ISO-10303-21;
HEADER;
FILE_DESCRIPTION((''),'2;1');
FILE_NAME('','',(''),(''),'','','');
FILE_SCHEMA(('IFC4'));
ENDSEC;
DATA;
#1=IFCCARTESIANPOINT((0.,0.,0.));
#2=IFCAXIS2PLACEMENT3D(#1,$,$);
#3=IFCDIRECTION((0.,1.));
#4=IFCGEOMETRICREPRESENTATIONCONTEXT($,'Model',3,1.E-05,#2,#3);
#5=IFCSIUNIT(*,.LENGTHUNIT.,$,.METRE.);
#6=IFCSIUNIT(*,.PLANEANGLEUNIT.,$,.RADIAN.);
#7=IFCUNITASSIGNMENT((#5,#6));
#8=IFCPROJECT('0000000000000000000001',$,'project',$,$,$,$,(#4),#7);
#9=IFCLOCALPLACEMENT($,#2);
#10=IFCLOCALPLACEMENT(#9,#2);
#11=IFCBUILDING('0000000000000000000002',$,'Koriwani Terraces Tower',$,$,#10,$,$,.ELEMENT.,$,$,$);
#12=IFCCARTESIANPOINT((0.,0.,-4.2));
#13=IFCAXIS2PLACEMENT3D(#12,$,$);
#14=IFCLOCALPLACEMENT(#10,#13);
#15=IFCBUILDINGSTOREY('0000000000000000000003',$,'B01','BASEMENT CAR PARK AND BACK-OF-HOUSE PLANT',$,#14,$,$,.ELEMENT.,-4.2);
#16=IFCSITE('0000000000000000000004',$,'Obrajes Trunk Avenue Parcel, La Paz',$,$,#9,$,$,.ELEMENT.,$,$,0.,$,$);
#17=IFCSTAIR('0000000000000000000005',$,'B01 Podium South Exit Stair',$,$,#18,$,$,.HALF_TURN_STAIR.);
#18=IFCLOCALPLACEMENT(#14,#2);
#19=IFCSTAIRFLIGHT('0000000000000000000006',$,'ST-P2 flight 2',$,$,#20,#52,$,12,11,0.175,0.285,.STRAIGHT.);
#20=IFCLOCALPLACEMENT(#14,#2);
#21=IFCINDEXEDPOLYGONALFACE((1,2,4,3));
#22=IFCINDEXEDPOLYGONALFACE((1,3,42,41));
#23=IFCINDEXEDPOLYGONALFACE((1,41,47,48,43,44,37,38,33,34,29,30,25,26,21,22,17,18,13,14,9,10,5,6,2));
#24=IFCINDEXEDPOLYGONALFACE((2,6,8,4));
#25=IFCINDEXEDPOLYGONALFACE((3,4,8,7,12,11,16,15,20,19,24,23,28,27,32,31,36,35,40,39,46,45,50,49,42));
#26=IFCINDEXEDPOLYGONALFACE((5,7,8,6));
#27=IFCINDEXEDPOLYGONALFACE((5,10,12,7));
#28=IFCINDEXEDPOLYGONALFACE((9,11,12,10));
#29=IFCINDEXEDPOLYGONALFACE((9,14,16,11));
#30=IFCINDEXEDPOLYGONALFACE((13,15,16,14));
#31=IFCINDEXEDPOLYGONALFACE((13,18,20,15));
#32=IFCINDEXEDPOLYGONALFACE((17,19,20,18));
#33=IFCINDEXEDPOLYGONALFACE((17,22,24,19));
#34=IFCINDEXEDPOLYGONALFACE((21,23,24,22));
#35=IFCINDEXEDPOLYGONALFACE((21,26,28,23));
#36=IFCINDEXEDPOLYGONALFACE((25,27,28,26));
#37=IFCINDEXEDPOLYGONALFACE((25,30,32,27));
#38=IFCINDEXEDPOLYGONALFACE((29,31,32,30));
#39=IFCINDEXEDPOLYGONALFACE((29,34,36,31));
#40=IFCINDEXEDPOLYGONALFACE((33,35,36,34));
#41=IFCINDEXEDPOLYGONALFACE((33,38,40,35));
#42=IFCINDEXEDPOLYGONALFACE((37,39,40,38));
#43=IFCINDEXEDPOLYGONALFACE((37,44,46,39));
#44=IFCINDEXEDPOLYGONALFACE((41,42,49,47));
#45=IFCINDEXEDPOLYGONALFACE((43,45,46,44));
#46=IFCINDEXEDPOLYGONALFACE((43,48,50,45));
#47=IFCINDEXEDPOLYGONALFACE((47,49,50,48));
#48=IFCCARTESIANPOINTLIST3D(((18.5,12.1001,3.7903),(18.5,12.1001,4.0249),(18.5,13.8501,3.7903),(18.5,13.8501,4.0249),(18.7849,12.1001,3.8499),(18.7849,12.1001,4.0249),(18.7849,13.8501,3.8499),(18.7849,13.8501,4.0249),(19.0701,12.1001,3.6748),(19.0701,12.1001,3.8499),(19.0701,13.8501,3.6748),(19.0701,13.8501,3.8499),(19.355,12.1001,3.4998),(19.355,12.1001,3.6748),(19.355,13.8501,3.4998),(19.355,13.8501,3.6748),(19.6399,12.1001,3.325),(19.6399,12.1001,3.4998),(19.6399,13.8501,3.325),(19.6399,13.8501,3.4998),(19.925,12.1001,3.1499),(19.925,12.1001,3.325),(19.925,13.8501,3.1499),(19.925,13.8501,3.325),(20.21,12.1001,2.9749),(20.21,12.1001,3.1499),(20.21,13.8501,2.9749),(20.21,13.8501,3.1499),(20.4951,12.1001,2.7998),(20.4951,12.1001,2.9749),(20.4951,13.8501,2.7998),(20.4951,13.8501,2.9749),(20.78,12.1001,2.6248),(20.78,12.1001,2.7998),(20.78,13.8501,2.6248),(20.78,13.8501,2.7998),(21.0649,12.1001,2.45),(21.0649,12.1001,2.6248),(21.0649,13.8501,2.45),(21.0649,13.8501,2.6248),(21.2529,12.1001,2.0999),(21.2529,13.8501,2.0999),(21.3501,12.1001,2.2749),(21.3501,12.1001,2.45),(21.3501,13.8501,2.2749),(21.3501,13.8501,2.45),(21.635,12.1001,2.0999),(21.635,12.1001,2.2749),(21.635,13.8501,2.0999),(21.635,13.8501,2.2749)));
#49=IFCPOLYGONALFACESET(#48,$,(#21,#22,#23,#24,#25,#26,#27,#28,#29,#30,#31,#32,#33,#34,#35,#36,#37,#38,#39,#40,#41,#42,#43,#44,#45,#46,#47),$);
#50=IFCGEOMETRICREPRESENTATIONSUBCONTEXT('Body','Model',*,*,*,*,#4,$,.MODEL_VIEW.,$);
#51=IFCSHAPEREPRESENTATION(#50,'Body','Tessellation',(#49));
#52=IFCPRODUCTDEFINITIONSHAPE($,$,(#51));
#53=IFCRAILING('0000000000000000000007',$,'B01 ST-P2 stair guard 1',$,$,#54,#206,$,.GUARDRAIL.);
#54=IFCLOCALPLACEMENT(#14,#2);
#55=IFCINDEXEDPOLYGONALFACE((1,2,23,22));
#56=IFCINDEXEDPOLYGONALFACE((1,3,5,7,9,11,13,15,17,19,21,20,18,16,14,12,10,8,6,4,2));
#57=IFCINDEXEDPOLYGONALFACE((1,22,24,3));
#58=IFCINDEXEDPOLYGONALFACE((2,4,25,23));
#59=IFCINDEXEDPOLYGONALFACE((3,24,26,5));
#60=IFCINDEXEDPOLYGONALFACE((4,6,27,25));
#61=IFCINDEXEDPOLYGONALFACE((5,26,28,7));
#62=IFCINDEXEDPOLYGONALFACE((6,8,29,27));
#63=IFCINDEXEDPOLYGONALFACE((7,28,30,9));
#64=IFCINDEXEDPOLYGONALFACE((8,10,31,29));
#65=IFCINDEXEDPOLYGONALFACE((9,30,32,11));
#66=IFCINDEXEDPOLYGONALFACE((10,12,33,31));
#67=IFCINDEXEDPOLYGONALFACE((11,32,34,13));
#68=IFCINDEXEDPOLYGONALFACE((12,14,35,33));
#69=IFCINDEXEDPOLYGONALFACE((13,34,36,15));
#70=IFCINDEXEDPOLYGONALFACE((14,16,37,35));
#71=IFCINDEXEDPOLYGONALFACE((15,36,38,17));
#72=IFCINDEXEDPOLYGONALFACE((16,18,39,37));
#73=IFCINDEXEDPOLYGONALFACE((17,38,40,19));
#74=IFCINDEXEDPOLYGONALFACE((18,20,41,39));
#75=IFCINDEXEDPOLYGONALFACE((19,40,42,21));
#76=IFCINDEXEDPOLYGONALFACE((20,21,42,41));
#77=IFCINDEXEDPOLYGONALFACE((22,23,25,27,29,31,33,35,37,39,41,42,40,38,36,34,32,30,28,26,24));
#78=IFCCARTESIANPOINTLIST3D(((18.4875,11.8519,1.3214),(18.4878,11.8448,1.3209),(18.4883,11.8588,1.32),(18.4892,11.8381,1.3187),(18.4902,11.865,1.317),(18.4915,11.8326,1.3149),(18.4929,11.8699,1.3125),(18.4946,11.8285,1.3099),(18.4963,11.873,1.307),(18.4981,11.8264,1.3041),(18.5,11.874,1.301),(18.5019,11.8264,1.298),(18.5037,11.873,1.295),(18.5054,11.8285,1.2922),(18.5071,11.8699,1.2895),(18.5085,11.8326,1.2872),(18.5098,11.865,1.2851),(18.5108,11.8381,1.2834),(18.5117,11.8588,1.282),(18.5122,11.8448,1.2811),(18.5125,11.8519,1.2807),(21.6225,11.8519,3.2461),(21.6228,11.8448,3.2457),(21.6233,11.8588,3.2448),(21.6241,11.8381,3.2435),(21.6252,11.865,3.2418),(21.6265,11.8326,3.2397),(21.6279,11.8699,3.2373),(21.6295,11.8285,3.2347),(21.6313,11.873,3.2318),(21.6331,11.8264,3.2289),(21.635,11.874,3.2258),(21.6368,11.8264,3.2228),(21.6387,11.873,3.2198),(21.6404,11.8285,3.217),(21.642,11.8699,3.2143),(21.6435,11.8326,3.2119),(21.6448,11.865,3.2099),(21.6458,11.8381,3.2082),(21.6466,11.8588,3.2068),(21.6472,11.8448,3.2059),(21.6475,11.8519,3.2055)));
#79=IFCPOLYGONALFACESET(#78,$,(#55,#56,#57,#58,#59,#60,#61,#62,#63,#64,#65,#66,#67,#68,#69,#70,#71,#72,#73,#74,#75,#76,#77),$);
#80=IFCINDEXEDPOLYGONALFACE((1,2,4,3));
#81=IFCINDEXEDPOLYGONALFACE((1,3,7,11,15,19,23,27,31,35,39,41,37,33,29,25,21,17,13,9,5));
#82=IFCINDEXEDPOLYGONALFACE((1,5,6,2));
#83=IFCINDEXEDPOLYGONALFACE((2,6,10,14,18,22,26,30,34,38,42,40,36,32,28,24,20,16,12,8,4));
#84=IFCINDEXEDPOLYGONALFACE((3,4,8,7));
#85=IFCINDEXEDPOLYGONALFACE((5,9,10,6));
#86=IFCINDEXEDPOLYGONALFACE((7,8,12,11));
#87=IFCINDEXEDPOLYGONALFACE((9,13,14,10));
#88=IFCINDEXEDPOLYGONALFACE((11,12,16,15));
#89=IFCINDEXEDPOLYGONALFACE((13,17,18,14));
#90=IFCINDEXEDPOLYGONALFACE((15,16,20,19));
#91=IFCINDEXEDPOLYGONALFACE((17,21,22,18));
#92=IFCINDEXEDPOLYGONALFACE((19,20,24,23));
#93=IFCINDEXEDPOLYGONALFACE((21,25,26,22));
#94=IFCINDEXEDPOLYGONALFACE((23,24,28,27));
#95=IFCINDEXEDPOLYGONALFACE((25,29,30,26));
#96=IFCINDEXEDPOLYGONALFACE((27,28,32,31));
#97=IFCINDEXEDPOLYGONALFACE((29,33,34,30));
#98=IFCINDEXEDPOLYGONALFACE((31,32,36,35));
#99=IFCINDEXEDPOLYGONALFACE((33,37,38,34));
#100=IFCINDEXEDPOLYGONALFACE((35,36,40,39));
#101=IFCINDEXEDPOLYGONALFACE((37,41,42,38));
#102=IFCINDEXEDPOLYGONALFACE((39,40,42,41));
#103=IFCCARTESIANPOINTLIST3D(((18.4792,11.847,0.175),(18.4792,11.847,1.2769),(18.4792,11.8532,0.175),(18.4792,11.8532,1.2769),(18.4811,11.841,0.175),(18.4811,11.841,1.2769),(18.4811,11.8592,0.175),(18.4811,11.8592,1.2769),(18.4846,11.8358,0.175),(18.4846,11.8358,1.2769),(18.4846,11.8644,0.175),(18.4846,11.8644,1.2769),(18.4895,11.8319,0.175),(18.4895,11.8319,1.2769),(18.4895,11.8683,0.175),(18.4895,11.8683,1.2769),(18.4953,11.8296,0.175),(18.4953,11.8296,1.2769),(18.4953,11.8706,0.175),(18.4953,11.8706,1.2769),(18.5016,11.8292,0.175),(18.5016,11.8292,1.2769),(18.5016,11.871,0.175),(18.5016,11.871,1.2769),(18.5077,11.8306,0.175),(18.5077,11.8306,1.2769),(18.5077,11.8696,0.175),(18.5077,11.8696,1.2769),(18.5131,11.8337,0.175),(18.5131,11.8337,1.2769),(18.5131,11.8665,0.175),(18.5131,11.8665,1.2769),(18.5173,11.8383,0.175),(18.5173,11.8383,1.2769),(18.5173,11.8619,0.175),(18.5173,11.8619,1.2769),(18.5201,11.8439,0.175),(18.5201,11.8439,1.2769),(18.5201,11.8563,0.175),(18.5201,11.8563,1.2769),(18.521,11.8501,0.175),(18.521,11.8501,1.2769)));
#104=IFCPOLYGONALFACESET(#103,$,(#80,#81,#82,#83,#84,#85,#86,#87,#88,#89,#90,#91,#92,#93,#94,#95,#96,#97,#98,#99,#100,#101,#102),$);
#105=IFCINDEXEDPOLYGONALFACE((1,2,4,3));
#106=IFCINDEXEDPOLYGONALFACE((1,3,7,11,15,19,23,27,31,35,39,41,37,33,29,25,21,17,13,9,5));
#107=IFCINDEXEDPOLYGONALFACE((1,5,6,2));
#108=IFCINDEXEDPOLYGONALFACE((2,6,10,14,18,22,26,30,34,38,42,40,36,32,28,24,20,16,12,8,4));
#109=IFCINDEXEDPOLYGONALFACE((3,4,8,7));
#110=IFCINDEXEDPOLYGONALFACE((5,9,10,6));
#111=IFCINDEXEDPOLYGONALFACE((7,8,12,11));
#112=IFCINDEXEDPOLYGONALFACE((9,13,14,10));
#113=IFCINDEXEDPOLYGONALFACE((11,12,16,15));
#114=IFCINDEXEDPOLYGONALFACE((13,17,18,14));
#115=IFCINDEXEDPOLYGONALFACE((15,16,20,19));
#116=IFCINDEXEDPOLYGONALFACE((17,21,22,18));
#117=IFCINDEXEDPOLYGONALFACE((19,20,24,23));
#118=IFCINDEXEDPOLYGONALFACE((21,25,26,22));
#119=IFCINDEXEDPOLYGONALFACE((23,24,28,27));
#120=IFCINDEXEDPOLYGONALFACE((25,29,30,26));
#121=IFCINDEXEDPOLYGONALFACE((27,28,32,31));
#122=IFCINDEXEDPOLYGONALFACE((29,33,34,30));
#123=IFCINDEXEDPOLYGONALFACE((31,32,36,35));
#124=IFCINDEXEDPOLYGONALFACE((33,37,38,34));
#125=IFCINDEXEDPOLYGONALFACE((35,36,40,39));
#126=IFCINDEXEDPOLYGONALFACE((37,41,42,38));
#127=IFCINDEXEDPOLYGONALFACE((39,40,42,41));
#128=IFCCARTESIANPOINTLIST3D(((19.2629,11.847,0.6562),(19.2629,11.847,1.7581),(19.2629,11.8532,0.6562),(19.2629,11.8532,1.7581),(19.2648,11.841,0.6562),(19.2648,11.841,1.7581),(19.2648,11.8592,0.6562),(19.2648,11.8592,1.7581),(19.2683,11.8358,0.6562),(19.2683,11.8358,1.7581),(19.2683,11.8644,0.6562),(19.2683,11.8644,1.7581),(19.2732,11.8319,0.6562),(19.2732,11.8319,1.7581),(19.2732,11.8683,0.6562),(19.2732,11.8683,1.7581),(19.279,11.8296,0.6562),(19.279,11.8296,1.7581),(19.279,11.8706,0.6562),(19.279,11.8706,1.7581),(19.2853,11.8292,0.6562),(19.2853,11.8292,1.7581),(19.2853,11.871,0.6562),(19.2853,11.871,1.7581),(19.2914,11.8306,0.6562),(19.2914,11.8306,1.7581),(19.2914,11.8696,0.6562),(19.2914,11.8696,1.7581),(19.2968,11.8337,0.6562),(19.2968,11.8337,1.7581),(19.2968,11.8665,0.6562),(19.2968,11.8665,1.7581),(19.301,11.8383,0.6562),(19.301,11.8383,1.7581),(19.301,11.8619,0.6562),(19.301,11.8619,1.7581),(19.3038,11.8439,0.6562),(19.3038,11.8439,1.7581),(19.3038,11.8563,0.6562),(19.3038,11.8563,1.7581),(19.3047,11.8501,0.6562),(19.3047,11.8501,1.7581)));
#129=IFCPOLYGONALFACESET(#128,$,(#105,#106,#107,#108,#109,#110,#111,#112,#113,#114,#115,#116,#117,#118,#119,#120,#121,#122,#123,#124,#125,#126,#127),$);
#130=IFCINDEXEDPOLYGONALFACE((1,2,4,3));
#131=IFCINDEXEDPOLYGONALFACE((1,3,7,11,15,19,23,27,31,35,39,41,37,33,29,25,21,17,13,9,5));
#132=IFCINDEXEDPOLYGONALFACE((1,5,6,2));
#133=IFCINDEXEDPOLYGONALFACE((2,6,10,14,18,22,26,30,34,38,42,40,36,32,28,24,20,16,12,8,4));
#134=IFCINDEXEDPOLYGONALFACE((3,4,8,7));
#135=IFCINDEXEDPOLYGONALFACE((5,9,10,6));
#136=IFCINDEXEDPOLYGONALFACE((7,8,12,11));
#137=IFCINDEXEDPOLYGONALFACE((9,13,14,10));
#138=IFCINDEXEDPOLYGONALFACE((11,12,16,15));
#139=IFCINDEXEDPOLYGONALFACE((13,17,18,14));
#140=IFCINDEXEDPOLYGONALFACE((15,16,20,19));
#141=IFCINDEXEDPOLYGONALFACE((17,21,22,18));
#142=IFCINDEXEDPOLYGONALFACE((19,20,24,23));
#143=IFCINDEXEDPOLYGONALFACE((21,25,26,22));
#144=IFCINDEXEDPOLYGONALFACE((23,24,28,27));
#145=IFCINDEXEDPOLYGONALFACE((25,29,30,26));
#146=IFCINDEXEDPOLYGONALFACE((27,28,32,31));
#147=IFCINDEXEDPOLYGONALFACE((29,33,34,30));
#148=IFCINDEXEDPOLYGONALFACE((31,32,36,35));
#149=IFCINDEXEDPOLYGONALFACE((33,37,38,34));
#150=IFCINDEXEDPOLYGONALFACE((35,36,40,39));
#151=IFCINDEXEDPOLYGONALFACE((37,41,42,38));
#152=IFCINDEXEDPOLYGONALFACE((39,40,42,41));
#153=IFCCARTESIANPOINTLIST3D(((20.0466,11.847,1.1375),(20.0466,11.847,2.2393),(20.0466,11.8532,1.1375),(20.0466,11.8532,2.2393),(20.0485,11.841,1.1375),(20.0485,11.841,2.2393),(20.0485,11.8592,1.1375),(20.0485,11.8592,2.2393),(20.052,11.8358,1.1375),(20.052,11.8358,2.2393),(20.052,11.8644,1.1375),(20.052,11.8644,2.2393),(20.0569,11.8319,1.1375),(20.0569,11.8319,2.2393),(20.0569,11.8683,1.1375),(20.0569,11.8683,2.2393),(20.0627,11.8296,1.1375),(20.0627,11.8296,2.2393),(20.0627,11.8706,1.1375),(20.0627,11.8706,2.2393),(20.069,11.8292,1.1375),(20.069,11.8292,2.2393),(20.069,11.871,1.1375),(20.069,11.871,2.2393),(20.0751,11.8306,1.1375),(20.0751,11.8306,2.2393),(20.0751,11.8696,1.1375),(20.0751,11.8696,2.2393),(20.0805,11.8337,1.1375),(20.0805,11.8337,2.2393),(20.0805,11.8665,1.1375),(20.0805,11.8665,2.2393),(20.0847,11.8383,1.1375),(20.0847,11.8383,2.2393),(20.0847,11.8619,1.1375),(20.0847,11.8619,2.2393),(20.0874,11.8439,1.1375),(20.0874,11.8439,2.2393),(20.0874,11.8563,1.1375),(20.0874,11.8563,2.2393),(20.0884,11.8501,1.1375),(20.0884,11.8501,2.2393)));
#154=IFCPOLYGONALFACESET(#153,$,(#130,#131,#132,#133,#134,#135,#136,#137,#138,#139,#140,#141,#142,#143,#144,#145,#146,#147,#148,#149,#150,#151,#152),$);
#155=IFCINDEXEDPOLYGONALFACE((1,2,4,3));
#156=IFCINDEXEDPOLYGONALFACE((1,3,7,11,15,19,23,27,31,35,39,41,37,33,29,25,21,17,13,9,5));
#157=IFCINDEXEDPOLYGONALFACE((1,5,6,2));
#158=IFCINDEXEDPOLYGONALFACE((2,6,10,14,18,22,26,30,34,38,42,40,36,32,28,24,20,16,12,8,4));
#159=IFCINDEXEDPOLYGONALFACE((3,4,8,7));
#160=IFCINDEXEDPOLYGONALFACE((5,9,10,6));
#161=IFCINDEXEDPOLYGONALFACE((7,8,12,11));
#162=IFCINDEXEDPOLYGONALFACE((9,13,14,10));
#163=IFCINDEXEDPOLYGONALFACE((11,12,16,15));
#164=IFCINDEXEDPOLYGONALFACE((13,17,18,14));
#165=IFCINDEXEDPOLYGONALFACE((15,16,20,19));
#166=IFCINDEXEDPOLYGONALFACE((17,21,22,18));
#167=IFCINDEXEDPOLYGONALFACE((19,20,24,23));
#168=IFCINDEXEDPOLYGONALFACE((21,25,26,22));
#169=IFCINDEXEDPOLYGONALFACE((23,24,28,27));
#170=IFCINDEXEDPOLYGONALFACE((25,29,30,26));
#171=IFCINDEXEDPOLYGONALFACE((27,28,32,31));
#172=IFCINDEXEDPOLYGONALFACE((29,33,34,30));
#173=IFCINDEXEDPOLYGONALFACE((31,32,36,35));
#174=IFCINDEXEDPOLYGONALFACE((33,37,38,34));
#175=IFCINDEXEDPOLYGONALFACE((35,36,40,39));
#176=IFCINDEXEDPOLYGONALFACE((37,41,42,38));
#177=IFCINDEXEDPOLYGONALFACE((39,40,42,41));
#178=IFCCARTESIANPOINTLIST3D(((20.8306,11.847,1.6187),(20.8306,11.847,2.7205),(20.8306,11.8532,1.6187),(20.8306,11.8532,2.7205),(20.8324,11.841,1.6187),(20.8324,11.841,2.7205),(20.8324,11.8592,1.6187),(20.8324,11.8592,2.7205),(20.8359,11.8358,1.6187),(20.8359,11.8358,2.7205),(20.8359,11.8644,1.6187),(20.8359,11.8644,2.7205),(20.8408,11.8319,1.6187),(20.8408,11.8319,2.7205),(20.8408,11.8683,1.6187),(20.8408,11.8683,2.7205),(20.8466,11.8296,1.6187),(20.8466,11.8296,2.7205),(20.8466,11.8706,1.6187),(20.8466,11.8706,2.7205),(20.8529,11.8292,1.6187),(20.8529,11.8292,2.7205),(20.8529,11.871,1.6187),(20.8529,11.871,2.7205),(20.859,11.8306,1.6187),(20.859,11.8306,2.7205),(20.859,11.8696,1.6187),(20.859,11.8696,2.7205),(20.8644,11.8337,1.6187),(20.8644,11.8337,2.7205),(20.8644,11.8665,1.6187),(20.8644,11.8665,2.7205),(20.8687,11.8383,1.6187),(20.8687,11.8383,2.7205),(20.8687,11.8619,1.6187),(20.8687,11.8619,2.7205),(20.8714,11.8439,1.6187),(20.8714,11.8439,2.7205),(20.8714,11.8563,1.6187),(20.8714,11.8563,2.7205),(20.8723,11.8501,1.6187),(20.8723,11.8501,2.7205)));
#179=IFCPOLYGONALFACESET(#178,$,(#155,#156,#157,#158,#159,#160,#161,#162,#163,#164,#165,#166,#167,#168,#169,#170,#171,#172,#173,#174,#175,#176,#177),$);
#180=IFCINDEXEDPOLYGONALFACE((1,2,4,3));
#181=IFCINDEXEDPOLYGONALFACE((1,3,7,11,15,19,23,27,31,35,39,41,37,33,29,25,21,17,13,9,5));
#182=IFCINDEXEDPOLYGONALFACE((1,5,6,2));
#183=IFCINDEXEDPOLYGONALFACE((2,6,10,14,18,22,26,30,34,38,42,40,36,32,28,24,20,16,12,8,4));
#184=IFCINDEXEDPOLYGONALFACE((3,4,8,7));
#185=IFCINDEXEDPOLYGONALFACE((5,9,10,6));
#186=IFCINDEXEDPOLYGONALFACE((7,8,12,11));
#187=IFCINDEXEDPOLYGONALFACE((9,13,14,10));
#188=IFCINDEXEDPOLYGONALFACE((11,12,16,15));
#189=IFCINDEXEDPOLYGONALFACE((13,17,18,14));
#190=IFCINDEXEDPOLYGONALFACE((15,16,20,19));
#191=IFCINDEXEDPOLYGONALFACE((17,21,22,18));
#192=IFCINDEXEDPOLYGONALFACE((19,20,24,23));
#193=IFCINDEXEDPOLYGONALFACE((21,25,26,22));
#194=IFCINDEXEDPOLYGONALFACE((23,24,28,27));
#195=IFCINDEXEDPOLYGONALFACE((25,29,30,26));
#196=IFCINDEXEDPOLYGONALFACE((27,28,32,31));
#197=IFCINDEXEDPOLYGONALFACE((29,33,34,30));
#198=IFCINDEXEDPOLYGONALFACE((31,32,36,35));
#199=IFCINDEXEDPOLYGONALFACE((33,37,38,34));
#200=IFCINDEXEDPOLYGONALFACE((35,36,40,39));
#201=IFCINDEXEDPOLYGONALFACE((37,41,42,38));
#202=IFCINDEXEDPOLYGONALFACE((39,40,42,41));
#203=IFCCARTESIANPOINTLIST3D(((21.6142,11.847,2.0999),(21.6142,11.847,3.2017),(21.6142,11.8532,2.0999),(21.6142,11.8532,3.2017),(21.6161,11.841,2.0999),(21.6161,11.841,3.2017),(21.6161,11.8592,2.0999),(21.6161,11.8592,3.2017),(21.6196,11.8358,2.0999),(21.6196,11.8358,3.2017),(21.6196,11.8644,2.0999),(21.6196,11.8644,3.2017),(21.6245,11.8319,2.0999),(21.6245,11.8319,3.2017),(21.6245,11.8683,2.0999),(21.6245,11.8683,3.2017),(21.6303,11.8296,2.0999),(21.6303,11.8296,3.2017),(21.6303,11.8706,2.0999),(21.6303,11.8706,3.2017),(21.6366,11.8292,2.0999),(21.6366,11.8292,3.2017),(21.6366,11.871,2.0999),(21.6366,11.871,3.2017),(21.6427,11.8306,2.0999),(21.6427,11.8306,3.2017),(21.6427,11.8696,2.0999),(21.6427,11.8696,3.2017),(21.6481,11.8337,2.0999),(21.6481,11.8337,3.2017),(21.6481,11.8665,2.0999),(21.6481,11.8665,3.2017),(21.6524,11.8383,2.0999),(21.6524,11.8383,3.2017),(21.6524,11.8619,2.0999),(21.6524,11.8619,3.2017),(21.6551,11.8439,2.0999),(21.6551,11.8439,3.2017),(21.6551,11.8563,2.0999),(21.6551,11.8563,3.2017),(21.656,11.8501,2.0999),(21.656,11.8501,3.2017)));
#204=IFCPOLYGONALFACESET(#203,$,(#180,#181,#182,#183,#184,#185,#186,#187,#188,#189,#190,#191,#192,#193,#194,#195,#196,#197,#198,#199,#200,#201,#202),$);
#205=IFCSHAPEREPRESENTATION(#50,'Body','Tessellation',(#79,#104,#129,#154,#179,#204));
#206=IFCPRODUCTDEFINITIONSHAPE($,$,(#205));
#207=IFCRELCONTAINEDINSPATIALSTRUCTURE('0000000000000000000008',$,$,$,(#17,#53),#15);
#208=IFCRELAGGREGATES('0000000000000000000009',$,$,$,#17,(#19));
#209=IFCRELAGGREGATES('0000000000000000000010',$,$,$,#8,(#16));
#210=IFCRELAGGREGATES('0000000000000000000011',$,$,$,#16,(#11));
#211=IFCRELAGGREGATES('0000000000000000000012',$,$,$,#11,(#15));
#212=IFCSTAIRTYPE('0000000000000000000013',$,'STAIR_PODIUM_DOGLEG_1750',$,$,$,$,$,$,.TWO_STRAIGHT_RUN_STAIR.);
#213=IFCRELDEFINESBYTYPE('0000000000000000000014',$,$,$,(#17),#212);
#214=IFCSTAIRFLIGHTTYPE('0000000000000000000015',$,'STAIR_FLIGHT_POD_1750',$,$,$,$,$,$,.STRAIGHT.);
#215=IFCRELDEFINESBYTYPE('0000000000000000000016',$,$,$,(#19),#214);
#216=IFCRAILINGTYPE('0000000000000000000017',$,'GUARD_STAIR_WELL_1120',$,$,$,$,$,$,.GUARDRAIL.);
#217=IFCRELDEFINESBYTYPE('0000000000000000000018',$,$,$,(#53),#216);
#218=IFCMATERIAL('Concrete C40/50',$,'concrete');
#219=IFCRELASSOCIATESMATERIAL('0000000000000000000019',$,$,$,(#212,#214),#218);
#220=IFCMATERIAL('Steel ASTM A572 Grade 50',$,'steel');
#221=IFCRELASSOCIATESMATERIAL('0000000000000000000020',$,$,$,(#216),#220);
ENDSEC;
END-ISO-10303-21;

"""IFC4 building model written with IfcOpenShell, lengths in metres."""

from ifc_helpers import new_model, si_unit, direction, frame, origin, origin_2d, place, context, subcontext, project, spatial, polyline, circle, outline, extrude, material, type_object, element, aggregate, save


model = new_model("IFC4")

# Units and contexts
model_context = context("Model", 3, precision=1e-05, world=origin(), true_north=direction((0.0, 1.0)))
body_context = subcontext(model_context, "Body", "Model", "MODEL_VIEW")
ifc_project = project(units=[si_unit("LENGTHUNIT", "METRE"), si_unit("PLANEANGLEUNIT", "RADIAN")], contexts=[model_context])

# Site, building, storey
site_placement = place(None, origin())
site = spatial("IfcSite", under=ifc_project, at=site_placement, Name="Obrajes Trunk Avenue Parcel, La Paz", CompositionType="ELEMENT", RefElevation=0.0)
building_placement = place(site_placement, origin())
building = spatial("IfcBuilding", under=site, at=building_placement, Name="Koriwani Terraces Tower", CompositionType="ELEMENT")
storey_placement = place(building_placement, frame((0.0, 0.0, -4.2)))
storey = spatial("IfcBuildingStorey", under=building, at=storey_placement, Name="B01", Description="BASEMENT CAR PARK AND BACK-OF-HOUSE PLANT", CompositionType="ELEMENT", Elevation=-4.2)

# Shared definitions
ifc_material_1 = material(Name="Concrete C40/50", Category="concrete")
ifc_material_2 = material(Name="Steel ASTM A572 Grade 50", Category="steel")

# Stair, stair flight
stair_type = type_object("IfcStairType", Name="STAIR_PODIUM_DOGLEG_1750", PredefinedType="TWO_STRAIGHT_RUN_STAIR", material=ifc_material_1)
stair_placement = place(storey_placement, origin())
stair = element("IfcStair", 1, at=stair_placement, inside=storey, type_object=stair_type, Name="B01 Podium South Exit Stair", PredefinedType="HALF_TURN_STAIR")
stair_flight_type = type_object("IfcStairFlightType", Name="STAIR_FLIGHT_POD_1750", PredefinedType="STRAIGHT", material=ifc_material_1)
stair_flight_1_placement = place(storey_placement, frame((21.635, 12.9751, 2.0999), z_axis=(0.0, 0.0, 1.0), x_axis=(-1.0, 0.0, 0.0)))
stair_flight_1 = element("IfcStairFlight", 2, at=stair_flight_1_placement, type_object=stair_flight_type, Name="ST-P2 flight 2", NumberOfRisers=12, NumberOfTreads=11, PredefinedType="STRAIGHT", RiserHeight=0.175, TreadLength=0.285, context=body_context, shape_type="SweptSolid", body=[
    extrude(outline(polyline([(0.0, 0.0), (0.0, 0.175), (0.2849, 0.175), (0.2849, 0.3501), (0.5701, 0.3501), (0.5701, 0.5249), (0.855, 0.5249), (0.855, 0.7), (1.1399, 0.7), (1.1399, 0.875), (1.425, 0.875), (1.425, 1.05), (1.71, 1.05), (1.71, 1.2251), (1.9951, 1.2251), (1.9951, 1.3999), (2.28, 1.3999), (2.28, 1.575), (2.5649, 1.575), (2.5649, 1.75), (2.8501, 1.75), (2.8501, 1.925), (3.135, 1.925), (3.135, 2.1001), (3.135, 1.6904), (0.3821, 0.0), (0.0, 0.0)])), frame((0.0, 0.875, 0.0), z_axis=(0.0, -1.0, 0.0), x_axis=(1.0, 0.0, 0.0)), (0.0, 0.0, 1.0), 1.75),
])
aggregate(stair, [stair_flight_1])

# Railing
railing_type_1 = type_object("IfcRailingType", Name="GUARD_STAIR_WELL_1120", PredefinedType="GUARDRAIL", material=ifc_material_2)
railing_1_placement = place(storey_placement, frame((18.5, 11.8501, 0.175)))
element("IfcRailing", 3, at=railing_1_placement, inside=storey, type_object=railing_type_1, Name="B01 ST-P2 stair guard 1", PredefinedType="GUARDRAIL", context=body_context, shape_type="SweptSolid", body=[
    extrude(circle(Radius=0.0239, at=origin_2d()), frame((0.0, 0.0, 1.126), z_axis=(0.852196, 0.0, 0.523223), x_axis=(0.0, 1.0, 0.0)), (0.0, 0.0, 1.0), 3.6787),
    extrude(circle(Radius=0.021, at=origin_2d()), origin(), (0.0, 0.0, 1.0), 1.1018),
    extrude(circle(Radius=0.021, at=origin_2d()), frame((0.7837, 0.0, 0.4812)), (0.0, 0.0, 1.0), 1.1018),
    extrude(circle(Radius=0.021, at=origin_2d()), frame((1.5674, 0.0, 0.9624)), (0.0, 0.0, 1.0), 1.1018),
    extrude(circle(Radius=0.021, at=origin_2d()), frame((2.3513, 0.0, 1.4436)), (0.0, 0.0, 1.0), 1.1018),
    extrude(circle(Radius=0.021, at=origin_2d()), frame((3.135, 0.0, 1.9248)), (0.0, 0.0, 1.0), 1.1018),
])

save(model, "model.ifc")
